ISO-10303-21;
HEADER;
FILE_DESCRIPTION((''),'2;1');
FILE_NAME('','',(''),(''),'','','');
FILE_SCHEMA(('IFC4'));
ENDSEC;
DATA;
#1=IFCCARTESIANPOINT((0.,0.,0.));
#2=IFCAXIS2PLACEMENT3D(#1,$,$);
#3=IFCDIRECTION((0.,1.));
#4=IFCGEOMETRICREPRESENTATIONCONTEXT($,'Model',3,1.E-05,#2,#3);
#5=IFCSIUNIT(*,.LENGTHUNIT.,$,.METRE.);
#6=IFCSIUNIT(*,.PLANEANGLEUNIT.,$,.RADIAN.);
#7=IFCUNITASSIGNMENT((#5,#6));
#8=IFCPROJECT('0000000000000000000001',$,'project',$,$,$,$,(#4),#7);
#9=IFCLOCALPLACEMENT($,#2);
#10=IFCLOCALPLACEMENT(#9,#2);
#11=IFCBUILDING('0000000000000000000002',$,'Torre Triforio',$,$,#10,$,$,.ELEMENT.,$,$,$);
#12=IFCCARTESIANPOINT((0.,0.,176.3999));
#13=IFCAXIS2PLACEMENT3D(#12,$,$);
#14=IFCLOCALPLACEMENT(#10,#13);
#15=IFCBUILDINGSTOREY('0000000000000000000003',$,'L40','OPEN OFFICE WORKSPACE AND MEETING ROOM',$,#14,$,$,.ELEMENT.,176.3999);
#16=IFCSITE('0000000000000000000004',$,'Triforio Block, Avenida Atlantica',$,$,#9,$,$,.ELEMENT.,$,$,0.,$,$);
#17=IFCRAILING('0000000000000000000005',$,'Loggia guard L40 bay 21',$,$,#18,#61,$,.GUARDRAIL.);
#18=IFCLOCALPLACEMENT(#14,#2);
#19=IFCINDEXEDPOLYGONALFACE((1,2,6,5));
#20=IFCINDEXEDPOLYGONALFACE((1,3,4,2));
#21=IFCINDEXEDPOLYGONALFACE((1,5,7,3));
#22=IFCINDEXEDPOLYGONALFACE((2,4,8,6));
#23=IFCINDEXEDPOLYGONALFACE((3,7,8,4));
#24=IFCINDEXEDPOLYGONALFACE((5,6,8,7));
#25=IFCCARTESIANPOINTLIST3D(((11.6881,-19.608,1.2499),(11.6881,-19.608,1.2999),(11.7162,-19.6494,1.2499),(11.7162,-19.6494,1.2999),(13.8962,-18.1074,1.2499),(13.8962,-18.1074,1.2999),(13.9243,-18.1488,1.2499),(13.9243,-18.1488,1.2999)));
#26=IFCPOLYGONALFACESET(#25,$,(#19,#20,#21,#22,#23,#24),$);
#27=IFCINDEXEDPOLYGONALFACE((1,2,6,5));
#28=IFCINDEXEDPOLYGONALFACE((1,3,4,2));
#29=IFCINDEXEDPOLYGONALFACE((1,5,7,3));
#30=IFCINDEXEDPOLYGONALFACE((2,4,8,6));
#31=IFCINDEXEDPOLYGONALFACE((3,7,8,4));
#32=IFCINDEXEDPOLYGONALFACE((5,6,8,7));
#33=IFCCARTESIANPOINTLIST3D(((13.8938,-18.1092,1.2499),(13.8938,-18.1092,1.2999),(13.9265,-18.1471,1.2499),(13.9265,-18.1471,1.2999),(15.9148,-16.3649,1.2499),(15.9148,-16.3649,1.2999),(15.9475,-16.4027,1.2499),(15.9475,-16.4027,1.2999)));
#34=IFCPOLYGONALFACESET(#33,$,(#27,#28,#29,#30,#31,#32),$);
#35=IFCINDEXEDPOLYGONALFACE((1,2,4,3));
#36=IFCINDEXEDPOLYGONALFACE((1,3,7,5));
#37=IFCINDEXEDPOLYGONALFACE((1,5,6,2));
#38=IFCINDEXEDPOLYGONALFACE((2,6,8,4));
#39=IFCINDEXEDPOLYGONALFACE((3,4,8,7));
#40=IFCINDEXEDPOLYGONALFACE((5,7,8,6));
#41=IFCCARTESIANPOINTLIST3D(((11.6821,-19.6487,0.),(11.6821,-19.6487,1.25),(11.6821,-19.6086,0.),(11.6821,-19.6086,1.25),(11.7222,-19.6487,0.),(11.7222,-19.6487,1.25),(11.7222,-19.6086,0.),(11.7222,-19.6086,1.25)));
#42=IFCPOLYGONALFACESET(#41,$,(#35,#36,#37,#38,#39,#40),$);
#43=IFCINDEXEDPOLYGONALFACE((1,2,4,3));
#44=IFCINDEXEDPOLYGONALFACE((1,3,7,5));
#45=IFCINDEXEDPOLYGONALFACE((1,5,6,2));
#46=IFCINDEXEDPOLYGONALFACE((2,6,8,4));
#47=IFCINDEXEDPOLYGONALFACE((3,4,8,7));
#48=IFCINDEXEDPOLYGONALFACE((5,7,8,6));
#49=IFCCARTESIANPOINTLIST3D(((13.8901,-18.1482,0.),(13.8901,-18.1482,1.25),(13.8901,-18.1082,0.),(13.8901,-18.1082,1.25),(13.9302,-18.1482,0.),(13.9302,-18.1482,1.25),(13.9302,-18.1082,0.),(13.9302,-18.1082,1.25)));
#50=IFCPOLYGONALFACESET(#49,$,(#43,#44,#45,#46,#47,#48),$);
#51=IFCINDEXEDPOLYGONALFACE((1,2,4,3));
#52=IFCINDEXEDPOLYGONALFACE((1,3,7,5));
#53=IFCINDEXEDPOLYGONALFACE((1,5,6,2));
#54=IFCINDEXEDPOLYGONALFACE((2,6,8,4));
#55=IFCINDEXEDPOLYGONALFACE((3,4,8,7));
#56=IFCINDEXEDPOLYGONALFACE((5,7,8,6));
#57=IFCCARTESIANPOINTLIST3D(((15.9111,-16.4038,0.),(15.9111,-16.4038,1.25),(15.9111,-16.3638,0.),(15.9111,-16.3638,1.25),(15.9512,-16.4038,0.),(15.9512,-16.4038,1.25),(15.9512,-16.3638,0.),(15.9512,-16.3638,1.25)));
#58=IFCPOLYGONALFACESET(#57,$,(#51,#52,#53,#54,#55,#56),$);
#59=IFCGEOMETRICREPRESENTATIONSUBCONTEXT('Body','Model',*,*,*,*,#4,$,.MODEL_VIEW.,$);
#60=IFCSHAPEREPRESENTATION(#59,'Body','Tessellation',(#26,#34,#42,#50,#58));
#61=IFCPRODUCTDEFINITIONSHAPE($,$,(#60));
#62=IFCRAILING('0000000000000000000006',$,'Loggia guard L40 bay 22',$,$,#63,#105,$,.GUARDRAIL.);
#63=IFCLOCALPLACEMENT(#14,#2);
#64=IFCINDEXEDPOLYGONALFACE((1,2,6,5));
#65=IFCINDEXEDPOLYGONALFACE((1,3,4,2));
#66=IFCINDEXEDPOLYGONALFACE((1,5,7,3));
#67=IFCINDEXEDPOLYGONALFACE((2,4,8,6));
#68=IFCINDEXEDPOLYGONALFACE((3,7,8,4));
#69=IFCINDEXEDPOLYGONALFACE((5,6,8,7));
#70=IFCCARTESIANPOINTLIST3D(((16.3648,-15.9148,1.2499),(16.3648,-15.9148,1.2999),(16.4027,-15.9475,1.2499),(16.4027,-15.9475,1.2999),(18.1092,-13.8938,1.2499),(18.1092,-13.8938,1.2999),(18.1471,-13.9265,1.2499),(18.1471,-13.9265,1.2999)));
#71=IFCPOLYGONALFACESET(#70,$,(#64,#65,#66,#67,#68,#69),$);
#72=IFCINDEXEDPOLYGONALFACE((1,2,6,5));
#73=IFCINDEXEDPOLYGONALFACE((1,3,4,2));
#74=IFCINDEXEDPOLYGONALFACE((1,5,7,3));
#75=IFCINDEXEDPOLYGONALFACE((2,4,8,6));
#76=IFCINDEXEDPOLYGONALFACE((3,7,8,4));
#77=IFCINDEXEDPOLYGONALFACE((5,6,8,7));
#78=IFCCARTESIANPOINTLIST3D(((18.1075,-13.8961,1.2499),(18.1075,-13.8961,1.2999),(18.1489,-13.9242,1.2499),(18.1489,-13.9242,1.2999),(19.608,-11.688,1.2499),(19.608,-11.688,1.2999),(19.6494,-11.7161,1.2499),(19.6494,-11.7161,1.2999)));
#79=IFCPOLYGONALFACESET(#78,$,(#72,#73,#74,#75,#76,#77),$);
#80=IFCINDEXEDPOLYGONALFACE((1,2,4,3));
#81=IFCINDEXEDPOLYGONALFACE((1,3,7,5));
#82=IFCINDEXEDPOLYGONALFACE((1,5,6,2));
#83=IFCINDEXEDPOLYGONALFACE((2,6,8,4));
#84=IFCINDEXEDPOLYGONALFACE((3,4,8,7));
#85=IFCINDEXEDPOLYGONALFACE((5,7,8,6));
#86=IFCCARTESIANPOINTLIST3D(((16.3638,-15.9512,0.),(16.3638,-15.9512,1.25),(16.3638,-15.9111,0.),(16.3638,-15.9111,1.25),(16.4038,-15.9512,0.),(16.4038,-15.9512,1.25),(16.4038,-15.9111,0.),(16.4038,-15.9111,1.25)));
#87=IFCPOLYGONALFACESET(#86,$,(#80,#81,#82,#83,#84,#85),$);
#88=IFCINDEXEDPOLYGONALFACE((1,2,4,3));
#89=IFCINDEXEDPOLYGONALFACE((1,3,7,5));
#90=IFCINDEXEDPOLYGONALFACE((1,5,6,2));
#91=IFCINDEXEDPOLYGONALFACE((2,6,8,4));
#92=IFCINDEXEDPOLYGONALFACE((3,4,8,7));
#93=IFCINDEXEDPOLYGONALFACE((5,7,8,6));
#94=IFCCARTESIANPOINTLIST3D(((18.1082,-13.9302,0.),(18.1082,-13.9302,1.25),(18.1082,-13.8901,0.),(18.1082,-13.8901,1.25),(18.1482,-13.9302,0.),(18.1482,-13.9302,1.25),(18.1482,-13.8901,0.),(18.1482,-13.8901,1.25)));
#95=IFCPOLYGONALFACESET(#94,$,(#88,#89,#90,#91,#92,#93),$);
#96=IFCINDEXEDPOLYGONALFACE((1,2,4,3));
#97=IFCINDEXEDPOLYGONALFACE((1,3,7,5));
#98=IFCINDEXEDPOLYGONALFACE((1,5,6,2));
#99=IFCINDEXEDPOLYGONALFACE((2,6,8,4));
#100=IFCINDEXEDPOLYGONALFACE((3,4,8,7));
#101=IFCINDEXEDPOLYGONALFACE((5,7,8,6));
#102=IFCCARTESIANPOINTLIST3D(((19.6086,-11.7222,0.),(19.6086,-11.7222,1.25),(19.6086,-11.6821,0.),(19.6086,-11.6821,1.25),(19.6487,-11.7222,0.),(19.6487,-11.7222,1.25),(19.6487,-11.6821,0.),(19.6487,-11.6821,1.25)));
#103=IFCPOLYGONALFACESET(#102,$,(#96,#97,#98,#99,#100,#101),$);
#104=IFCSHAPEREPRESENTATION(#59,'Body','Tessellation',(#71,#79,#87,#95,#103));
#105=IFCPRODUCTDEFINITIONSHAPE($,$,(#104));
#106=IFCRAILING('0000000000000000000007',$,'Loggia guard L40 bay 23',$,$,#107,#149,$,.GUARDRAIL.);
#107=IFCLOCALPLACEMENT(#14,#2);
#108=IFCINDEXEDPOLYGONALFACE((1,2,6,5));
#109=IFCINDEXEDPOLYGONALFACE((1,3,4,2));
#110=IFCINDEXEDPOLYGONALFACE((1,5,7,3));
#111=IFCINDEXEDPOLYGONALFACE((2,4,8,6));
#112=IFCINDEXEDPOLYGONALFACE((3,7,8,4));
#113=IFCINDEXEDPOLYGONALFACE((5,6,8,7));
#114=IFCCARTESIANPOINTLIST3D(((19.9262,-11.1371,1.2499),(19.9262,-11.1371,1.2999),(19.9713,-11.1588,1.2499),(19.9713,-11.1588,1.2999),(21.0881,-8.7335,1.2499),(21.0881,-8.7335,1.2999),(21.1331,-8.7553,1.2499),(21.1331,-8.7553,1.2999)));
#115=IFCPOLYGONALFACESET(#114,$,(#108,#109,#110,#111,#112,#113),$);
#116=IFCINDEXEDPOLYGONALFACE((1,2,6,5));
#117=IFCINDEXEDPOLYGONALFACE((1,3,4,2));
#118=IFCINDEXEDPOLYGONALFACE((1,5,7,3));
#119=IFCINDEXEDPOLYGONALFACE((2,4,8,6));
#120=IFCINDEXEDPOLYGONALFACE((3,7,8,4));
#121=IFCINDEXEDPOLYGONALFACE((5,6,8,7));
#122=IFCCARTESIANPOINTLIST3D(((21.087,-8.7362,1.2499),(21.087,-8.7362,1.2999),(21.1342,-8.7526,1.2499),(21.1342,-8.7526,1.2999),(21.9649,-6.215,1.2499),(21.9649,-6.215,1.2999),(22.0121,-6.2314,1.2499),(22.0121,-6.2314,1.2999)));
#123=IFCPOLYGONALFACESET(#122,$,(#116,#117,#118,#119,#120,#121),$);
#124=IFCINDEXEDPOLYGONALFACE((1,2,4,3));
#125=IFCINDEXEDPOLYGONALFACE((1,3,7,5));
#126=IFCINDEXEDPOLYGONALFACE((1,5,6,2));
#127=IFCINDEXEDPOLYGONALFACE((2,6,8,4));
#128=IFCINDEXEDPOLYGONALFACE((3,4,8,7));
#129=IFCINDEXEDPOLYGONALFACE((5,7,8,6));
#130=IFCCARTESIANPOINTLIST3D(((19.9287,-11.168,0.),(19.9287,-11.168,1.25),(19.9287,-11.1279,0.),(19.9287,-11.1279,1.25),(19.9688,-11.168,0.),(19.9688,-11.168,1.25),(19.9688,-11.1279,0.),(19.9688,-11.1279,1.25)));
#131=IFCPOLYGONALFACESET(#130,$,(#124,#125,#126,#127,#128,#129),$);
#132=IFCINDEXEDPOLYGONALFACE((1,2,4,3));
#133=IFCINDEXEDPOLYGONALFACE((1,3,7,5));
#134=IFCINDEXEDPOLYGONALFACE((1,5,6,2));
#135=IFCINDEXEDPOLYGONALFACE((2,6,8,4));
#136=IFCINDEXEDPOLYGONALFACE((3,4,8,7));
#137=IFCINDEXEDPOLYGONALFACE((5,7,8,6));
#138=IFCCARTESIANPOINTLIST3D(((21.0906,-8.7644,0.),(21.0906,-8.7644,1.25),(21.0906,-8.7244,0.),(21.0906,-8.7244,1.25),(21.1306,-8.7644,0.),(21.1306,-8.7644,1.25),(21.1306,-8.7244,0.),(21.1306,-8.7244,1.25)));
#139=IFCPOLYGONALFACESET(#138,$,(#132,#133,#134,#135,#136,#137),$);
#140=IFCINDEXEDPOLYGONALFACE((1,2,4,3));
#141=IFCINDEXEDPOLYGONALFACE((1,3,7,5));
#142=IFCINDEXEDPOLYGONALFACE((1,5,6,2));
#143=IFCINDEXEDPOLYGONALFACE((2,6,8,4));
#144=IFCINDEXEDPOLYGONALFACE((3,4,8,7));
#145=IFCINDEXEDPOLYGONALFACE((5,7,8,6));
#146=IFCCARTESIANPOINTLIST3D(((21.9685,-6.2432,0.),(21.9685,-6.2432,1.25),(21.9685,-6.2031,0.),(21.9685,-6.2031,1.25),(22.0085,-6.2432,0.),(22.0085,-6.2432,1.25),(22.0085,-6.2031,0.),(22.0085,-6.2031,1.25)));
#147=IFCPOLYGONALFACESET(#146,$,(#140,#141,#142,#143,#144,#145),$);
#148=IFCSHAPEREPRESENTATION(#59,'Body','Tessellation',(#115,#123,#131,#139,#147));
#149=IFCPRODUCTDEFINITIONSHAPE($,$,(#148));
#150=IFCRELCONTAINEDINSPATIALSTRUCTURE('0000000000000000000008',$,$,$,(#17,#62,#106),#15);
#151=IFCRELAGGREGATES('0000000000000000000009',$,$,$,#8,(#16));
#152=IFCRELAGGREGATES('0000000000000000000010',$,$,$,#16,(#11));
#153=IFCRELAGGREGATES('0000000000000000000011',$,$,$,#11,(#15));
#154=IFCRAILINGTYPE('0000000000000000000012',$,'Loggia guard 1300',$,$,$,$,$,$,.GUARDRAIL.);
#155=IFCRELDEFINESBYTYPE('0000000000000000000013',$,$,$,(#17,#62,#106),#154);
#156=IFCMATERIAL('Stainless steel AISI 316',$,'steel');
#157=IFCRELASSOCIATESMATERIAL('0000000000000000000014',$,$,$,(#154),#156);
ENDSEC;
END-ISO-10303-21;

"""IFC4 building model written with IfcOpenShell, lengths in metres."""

from ifc_helpers import new_model, si_unit, direction, frame, origin, origin_2d, place, context, subcontext, project, spatial, rectangle, extrude, material, type_object, element, save


model = new_model("IFC4")

# Units and contexts
model_context = context("Model", 3, precision=1e-05, world=origin(), true_north=direction((0.0, 1.0)))
body_context = subcontext(model_context, "Body", "Model", "MODEL_VIEW")
ifc_project = project(units=[si_unit("LENGTHUNIT", "METRE"), si_unit("PLANEANGLEUNIT", "RADIAN")], contexts=[model_context])

# Site, building, storey
site_placement = place(None, origin())
site = spatial("IfcSite", under=ifc_project, at=site_placement, Name="Triforio Block, Avenida Atlantica", CompositionType="ELEMENT", RefElevation=0.0)
building_placement = place(site_placement, origin())
building = spatial("IfcBuilding", under=site, at=building_placement, Name="Torre Triforio", CompositionType="ELEMENT")
storey_placement = place(building_placement, frame((0.0, 0.0, 176.3999)))
storey = spatial("IfcBuildingStorey", under=building, at=storey_placement, Name="L40", Description="OPEN OFFICE WORKSPACE AND MEETING ROOM", CompositionType="ELEMENT", Elevation=176.3999)

# Railings
ifc_material_1 = material(Name="Stainless steel AISI 316", Category="steel")
railing_type = type_object("IfcRailingType", Name="Loggia guard 1300", PredefinedType="GUARDRAIL", material=ifc_material_1)
railing_1_placement = place(storey_placement, frame((11.7021, -19.6287, 0.0)))
element("IfcRailing", 1, at=railing_1_placement, inside=storey, type_object=railing_type, Name="Loggia guard L40 bay 21", PredefinedType="GUARDRAIL", context=body_context, shape_type="SweptSolid", body=[
    extrude(rectangle(XDim=0.05, YDim=0.05, at=origin_2d()), frame((0.0, 0.0, 1.2749), z_axis=(0.827093, 0.562065, 0.0), x_axis=(-0.562065, 0.827093, 0.0)), (0.0, 0.0, 1.0), 2.6697),
    extrude(rectangle(XDim=0.05, YDim=0.05, at=origin_2d()), frame((2.208, 1.5005, 1.2749), z_axis=(0.757012, 0.653401, 0.0), x_axis=(-0.653401, 0.757012, 0.0)), (0.0, 0.0, 1.0), 2.6697),
    extrude(rectangle(XDim=0.04, YDim=0.04, at=origin_2d()), origin(), (0.0, 0.0, 1.0), 1.25),
    extrude(rectangle(XDim=0.04, YDim=0.04, at=origin_2d()), frame((2.208, 1.5005, 0.0)), (0.0, 0.0, 1.0), 1.25),
    extrude(rectangle(XDim=0.04, YDim=0.04, at=origin_2d()), frame((4.229, 3.2449, 0.0)), (0.0, 0.0, 1.0), 1.25),
])
railing_2_placement = place(storey_placement, frame((16.3838, -15.9312, 0.0)))
element("IfcRailing", 2, at=railing_2_placement, inside=storey, type_object=railing_type, Name="Loggia guard L40 bay 22", PredefinedType="GUARDRAIL", context=body_context, shape_type="SweptSolid", body=[
    extrude(rectangle(XDim=0.05, YDim=0.05, at=origin_2d()), frame((0.0, 0.0, 1.2749), z_axis=(0.653401, 0.757012, 0.0), x_axis=(-0.757012, 0.653401, 0.0)), (0.0, 0.0, 1.0), 2.6697),
    extrude(rectangle(XDim=0.05, YDim=0.05, at=origin_2d()), frame((1.7444, 2.021, 1.2749), z_axis=(0.562065, 0.827093, 0.0), x_axis=(-0.827093, 0.562065, 0.0)), (0.0, 0.0, 1.0), 2.6697),
    extrude(rectangle(XDim=0.04, YDim=0.04, at=origin_2d()), origin(), (0.0, 0.0, 1.0), 1.25),
    extrude(rectangle(XDim=0.04, YDim=0.04, at=origin_2d()), frame((1.7444, 2.021, 0.0)), (0.0, 0.0, 1.0), 1.25),
    extrude(rectangle(XDim=0.04, YDim=0.04, at=origin_2d()), frame((3.2449, 4.229, 0.0)), (0.0, 0.0, 1.0), 1.25),
])
railing_3_placement = place(storey_placement, frame((19.9487, -11.1479, 0.0)))
element("IfcRailing", 3, at=railing_3_placement, inside=storey, type_object=railing_type, Name="Loggia guard L40 bay 23", PredefinedType="GUARDRAIL", context=body_context, shape_type="SweptSolid", body=[
    extrude(rectangle(XDim=0.05, YDim=0.05, at=origin_2d()), frame((0.0, 0.0, 1.2749), z_axis=(0.435212, 0.900328, 0.0), x_axis=(-0.900328, 0.435212, 0.0)), (0.0, 0.0, 1.0), 2.6697),
    extrude(rectangle(XDim=0.05, YDim=0.05, at=origin_2d()), frame((1.1619, 2.4036, 1.2749), z_axis=(0.328847, 0.944383, 0.0), x_axis=(-0.944383, 0.328847, 0.0)), (0.0, 0.0, 1.0), 2.6697),
    extrude(rectangle(XDim=0.04, YDim=0.04, at=origin_2d()), origin(), (0.0, 0.0, 1.0), 1.25),
    extrude(rectangle(XDim=0.04, YDim=0.04, at=origin_2d()), frame((1.1619, 2.4036, 0.0)), (0.0, 0.0, 1.0), 1.25),
    extrude(rectangle(XDim=0.04, YDim=0.04, at=origin_2d()), frame((2.0398, 4.9248, 0.0)), (0.0, 0.0, 1.0), 1.25),
])

save(model, "model.ifc")
